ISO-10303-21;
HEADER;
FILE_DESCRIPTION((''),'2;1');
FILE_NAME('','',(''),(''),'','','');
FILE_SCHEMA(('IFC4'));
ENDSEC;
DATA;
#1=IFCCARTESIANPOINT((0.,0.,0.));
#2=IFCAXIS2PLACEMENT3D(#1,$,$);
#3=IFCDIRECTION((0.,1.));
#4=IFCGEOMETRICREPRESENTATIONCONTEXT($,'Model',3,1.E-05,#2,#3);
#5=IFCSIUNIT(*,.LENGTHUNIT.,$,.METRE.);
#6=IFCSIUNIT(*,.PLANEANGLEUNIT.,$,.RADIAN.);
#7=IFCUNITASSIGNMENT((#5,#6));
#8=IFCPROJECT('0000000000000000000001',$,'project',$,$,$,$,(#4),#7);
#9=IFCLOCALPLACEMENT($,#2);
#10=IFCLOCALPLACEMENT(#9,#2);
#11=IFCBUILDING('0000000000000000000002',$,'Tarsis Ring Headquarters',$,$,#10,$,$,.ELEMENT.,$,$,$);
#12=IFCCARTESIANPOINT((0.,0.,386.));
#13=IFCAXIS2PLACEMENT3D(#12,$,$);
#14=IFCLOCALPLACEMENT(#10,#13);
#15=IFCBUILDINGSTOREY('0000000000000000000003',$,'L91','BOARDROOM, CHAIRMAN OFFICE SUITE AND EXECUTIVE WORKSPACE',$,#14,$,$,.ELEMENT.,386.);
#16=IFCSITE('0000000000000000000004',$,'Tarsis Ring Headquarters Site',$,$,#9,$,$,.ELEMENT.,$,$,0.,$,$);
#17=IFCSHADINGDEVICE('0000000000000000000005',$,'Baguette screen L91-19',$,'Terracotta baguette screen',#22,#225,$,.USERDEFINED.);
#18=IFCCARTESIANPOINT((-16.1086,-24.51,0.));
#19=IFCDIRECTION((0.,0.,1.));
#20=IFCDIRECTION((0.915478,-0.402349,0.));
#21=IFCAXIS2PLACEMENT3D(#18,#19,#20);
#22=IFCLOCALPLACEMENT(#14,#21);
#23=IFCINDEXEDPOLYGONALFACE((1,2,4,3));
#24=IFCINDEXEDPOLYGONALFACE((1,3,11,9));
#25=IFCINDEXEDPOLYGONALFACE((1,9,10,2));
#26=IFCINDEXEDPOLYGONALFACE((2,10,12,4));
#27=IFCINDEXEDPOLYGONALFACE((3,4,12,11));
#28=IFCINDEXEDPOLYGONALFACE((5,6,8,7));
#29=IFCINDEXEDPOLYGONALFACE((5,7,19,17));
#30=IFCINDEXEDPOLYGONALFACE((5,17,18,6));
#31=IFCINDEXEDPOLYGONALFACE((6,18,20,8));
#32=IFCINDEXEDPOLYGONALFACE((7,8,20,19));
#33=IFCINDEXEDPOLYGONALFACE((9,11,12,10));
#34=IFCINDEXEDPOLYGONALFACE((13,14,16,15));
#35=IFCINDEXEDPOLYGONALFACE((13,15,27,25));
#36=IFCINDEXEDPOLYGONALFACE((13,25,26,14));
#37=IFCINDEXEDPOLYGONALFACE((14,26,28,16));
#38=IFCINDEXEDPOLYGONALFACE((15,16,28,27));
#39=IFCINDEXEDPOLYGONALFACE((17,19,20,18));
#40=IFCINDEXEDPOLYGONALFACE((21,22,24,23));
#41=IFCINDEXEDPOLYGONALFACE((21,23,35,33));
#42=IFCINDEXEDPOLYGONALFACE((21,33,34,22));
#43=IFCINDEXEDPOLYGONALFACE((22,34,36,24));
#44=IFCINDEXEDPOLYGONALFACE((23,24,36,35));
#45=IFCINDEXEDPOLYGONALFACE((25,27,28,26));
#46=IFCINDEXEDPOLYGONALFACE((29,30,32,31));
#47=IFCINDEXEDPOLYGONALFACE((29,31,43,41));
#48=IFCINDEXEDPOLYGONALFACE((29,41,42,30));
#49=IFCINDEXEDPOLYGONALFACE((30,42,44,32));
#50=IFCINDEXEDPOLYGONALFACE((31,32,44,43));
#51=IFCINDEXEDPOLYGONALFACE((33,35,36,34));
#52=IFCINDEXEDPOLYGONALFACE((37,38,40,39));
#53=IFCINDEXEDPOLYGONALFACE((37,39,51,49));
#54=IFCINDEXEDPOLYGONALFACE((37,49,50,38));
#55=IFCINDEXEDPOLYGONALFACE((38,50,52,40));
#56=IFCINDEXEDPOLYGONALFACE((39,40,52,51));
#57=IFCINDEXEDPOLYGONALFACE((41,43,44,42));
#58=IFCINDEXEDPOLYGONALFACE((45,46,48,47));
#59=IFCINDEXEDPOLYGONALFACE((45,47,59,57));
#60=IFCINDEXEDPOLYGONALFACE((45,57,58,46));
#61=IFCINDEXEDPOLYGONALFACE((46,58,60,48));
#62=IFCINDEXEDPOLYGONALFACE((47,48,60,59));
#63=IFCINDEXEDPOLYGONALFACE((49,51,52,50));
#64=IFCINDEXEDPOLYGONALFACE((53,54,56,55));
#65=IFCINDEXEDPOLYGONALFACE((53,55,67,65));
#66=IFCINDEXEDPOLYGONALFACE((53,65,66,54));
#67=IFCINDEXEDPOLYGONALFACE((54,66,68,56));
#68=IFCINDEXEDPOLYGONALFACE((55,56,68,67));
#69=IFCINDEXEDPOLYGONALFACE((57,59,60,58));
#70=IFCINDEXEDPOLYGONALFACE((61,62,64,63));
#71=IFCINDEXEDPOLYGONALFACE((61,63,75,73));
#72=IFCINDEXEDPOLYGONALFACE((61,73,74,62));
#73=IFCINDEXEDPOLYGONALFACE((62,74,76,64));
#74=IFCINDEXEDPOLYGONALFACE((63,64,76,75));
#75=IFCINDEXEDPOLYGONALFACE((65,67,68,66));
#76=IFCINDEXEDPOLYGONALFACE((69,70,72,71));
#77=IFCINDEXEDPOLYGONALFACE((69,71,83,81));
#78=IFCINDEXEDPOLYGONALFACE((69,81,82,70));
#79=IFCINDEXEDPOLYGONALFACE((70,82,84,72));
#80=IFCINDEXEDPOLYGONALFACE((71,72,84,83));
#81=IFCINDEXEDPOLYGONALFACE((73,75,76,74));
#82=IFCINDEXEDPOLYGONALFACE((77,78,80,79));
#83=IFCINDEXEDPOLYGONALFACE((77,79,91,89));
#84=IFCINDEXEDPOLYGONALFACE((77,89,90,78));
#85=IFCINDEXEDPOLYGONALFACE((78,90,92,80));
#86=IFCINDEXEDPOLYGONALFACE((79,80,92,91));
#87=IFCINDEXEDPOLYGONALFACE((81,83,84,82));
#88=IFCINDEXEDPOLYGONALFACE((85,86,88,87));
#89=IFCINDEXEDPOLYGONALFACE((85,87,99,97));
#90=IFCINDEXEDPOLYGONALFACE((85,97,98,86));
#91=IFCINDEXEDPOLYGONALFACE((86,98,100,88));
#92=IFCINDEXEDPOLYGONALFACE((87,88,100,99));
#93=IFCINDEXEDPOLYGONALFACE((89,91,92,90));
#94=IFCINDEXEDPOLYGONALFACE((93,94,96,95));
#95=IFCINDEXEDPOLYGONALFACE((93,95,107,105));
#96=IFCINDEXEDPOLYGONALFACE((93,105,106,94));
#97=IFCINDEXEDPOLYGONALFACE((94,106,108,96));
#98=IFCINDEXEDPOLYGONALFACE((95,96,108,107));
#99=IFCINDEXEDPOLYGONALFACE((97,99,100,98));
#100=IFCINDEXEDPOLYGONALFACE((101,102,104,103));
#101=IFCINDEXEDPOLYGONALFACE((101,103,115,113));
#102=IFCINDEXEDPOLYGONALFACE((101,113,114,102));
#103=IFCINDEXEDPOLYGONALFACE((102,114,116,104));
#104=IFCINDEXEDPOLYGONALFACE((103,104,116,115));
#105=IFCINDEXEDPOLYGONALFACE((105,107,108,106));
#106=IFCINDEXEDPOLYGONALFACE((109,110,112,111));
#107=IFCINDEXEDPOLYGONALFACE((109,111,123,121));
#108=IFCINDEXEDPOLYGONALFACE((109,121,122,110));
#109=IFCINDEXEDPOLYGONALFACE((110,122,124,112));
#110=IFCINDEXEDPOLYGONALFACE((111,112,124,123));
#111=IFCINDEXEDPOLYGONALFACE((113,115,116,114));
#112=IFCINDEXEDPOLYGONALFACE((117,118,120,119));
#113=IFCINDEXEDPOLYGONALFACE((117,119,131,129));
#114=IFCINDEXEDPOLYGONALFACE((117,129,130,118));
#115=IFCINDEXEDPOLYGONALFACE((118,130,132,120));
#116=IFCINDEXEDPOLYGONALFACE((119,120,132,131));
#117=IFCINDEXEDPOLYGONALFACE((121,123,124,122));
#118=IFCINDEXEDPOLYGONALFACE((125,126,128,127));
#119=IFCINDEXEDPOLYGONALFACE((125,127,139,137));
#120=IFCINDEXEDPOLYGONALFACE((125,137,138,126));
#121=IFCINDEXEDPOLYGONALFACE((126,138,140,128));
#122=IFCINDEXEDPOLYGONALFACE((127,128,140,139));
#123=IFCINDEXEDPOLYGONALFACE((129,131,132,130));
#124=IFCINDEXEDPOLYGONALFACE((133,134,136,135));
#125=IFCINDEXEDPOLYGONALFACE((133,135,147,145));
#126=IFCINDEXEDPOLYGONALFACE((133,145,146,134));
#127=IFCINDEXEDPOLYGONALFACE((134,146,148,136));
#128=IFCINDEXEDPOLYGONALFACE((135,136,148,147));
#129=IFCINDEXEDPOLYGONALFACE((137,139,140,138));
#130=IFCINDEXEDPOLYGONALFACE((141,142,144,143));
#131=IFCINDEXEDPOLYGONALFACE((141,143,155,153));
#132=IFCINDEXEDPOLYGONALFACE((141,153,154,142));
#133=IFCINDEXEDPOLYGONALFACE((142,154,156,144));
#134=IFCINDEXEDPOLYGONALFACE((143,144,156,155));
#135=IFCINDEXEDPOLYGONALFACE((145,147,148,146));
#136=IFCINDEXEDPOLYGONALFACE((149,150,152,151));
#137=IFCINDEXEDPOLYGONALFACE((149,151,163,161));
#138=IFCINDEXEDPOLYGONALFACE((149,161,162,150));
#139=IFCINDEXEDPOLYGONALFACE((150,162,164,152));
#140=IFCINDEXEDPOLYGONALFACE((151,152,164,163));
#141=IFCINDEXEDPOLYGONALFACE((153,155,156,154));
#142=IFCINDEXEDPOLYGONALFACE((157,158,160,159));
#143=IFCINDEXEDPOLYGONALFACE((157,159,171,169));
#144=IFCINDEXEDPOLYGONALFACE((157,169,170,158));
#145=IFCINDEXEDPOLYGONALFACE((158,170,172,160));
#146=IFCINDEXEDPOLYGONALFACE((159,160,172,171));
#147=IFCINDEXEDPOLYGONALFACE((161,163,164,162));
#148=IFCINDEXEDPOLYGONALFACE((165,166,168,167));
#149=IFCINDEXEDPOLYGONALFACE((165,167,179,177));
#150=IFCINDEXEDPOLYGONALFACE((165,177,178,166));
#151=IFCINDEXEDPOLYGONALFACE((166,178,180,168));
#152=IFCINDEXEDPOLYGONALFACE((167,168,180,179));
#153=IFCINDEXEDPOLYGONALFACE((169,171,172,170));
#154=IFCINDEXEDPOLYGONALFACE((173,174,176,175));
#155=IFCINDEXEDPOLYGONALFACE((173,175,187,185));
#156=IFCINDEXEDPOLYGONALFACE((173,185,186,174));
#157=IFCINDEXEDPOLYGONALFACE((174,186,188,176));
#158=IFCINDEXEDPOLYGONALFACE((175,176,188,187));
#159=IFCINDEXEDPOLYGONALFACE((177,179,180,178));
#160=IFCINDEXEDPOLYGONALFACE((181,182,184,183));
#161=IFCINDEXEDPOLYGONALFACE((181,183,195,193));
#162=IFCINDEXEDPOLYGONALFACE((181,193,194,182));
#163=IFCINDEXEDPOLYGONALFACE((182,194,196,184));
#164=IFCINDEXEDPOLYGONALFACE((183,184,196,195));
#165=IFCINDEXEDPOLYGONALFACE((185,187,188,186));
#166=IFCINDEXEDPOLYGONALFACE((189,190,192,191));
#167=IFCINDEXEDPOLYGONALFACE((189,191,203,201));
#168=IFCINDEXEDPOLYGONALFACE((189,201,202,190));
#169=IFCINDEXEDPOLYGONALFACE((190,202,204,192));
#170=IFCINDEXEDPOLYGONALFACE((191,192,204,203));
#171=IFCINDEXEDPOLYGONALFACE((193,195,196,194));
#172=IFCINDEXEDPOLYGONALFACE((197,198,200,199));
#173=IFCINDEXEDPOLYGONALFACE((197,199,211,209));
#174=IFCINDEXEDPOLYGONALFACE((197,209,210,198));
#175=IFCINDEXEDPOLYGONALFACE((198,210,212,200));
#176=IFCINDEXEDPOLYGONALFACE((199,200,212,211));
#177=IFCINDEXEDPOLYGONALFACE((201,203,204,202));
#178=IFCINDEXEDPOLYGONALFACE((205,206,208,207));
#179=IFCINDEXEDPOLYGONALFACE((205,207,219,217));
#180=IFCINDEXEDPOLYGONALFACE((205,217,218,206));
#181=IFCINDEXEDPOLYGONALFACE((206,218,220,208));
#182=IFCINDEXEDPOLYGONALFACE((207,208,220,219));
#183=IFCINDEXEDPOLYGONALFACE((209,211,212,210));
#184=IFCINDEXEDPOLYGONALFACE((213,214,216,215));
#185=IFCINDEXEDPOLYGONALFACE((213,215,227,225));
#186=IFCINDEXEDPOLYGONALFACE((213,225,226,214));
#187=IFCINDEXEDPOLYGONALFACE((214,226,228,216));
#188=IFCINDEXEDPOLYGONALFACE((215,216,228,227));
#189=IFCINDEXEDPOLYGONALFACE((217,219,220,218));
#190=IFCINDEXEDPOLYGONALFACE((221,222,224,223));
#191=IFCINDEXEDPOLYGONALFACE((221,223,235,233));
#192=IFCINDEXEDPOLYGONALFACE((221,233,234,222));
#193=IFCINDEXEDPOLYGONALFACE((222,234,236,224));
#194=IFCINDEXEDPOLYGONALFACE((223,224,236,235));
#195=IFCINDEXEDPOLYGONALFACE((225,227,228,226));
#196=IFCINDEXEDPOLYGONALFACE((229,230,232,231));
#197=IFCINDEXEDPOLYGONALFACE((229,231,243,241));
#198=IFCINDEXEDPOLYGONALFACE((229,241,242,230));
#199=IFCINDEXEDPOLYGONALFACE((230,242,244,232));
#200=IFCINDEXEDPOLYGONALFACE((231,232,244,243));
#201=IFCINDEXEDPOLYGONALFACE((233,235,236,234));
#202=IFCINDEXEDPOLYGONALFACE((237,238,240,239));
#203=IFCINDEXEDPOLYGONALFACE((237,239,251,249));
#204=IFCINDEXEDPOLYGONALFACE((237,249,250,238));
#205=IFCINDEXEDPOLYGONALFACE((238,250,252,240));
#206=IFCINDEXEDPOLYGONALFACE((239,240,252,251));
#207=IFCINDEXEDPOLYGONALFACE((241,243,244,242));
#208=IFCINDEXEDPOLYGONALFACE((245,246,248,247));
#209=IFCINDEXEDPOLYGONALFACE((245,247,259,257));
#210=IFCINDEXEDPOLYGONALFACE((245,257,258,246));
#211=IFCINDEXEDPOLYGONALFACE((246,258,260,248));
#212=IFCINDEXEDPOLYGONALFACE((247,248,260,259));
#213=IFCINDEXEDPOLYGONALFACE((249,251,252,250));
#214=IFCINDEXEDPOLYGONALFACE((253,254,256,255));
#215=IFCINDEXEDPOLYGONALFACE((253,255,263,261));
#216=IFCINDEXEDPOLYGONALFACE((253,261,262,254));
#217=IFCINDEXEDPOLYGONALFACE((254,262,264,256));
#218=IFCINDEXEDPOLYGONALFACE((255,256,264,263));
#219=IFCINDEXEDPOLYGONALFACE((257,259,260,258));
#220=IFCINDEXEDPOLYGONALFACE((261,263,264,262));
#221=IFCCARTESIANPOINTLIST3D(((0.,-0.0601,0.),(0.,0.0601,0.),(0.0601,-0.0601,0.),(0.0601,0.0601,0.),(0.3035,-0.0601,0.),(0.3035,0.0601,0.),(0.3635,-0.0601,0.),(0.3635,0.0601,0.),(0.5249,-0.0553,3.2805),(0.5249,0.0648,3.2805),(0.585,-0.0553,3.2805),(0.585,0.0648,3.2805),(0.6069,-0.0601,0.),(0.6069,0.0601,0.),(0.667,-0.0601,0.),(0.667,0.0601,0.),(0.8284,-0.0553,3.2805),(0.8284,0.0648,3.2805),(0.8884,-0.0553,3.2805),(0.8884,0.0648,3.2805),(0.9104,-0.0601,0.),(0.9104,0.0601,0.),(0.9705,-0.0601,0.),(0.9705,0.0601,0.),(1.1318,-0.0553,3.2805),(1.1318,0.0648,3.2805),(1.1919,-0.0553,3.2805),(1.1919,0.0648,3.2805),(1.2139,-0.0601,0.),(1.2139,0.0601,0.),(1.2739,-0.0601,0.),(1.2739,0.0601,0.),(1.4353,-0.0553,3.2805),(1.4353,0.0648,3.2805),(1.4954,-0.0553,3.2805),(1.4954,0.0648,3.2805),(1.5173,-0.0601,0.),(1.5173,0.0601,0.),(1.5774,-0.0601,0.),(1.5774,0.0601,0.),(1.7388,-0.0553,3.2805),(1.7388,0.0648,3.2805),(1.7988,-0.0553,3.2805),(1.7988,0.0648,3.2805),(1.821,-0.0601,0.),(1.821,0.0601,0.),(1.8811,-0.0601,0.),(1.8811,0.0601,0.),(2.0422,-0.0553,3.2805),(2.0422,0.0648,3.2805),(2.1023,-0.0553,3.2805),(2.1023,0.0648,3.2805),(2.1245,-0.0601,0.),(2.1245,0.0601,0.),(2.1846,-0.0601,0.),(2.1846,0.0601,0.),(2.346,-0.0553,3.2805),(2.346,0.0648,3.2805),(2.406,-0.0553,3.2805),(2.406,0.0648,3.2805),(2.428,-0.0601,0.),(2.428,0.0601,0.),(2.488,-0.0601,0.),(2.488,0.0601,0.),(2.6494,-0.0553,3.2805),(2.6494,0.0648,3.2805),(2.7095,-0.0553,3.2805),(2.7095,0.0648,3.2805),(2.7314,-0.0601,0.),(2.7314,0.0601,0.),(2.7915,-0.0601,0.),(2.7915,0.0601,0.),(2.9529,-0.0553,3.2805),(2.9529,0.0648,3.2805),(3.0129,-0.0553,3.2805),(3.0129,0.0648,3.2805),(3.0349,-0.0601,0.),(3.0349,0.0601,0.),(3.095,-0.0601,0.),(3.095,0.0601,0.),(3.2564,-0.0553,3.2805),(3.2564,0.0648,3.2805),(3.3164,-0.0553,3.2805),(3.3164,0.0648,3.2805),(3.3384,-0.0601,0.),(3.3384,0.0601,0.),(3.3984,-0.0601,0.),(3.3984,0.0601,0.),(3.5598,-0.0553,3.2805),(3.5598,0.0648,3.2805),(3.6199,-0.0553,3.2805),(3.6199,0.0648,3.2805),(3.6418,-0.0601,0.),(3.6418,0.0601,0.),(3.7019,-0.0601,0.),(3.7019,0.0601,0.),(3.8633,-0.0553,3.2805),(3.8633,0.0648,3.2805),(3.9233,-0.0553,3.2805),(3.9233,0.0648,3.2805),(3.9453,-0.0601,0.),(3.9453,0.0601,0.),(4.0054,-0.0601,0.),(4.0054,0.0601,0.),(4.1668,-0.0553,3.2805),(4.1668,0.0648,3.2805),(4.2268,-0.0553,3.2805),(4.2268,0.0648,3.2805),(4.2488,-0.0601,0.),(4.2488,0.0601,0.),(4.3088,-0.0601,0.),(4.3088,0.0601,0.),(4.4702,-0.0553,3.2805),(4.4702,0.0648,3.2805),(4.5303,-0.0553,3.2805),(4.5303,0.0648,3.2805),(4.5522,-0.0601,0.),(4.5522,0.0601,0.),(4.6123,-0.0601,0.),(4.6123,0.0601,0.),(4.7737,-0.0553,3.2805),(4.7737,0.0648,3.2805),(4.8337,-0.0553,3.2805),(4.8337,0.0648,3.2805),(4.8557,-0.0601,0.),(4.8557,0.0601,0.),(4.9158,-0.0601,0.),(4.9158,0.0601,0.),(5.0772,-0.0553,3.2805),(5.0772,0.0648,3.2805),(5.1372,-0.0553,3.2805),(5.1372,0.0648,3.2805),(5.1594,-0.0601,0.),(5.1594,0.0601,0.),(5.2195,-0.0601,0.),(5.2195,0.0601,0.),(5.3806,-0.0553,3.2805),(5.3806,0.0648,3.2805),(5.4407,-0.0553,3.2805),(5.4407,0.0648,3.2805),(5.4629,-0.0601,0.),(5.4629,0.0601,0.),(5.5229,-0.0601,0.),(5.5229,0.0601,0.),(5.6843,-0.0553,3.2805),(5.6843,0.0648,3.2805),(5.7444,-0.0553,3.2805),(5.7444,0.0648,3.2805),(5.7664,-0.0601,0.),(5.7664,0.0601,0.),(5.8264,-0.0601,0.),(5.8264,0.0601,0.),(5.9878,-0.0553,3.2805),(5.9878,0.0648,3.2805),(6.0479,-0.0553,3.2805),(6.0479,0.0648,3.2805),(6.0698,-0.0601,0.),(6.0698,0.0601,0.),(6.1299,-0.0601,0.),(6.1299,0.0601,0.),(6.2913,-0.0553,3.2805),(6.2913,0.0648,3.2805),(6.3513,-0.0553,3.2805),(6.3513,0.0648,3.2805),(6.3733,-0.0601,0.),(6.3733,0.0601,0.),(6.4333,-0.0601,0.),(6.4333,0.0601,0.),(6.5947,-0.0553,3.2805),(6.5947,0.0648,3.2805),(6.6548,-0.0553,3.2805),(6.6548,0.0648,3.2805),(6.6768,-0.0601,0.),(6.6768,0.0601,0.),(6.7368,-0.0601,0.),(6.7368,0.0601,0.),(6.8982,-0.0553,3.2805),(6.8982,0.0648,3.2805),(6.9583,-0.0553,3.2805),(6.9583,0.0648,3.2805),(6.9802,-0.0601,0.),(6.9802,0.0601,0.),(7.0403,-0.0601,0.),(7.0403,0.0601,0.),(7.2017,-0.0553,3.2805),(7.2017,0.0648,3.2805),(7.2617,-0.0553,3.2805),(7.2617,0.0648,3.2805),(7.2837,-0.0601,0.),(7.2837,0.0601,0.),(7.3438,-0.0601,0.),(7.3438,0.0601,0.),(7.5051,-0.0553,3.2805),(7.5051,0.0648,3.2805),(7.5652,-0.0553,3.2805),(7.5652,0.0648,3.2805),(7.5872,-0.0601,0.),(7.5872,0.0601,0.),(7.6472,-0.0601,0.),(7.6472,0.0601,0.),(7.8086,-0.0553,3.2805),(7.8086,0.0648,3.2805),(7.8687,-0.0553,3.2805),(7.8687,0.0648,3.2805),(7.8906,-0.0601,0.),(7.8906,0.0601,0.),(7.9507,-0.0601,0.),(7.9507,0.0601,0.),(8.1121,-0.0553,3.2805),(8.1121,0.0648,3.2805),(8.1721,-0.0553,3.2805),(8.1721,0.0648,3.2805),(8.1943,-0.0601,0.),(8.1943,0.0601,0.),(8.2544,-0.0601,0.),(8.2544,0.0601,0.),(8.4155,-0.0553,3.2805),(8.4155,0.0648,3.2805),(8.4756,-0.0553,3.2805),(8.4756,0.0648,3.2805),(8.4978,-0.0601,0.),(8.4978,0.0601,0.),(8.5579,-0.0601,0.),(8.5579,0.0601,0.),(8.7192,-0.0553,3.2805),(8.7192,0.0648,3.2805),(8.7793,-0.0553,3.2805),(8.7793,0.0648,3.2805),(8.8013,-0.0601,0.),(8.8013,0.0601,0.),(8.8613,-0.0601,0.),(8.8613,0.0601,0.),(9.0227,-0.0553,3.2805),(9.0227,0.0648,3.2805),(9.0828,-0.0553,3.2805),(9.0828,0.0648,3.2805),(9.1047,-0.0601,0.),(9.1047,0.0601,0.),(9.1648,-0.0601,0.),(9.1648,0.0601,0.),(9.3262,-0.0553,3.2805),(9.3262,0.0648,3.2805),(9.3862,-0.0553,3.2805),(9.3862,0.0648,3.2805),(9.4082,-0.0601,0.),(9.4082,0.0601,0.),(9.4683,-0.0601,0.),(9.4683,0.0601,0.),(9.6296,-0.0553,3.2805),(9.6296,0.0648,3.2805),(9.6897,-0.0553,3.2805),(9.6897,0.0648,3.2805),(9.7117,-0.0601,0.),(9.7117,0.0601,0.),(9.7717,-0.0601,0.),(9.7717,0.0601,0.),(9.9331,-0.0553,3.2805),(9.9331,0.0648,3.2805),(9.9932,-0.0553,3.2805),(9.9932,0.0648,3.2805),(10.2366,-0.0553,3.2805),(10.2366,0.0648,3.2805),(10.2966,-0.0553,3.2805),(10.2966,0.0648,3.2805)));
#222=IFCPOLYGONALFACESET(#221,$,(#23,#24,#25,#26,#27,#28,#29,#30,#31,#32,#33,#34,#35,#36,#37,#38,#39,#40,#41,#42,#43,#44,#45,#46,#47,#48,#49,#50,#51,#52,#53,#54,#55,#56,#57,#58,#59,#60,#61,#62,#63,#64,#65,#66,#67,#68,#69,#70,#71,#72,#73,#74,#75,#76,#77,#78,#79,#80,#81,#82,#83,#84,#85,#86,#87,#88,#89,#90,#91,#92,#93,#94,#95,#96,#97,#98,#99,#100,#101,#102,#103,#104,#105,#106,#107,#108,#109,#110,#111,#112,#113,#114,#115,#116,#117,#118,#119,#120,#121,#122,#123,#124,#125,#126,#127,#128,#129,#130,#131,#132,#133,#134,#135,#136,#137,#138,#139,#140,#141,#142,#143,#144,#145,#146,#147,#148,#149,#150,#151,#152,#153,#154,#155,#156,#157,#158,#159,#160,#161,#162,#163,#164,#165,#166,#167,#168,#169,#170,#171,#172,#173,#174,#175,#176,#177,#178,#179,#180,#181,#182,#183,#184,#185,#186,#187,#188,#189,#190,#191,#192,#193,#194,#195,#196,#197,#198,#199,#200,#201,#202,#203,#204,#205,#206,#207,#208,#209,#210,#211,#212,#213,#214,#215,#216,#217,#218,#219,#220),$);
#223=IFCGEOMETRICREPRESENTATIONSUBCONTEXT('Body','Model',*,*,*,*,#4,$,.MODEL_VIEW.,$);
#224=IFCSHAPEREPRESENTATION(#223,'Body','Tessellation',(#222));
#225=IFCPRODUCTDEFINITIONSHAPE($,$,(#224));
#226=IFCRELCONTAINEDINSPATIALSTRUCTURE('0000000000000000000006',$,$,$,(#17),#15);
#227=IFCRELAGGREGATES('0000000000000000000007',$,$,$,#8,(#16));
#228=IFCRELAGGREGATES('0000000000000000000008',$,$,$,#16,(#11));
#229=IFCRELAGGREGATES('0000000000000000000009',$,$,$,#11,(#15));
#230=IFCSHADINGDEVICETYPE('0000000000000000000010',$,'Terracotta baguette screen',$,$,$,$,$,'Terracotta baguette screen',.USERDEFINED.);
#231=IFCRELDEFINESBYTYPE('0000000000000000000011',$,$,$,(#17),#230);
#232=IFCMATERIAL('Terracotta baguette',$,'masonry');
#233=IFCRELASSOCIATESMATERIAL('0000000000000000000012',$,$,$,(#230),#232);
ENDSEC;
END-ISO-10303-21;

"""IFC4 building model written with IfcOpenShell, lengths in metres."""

from ifc_helpers import new_model, si_unit, direction, frame, frame_2d, origin, place, context, subcontext, project, spatial, rectangle, composite_profile, extrude, material, type_object, element, save


model = new_model("IFC4")

# Units and contexts
model_context = context("Model", 3, precision=1e-05, world=origin(), true_north=direction((0.0, 1.0)))
body_context = subcontext(model_context, "Body", "Model", "MODEL_VIEW")
ifc_project = project(units=[si_unit("LENGTHUNIT", "METRE"), si_unit("PLANEANGLEUNIT", "RADIAN")], contexts=[model_context])

# Site, building, storey
site_placement = place(None, origin())
site = spatial("IfcSite", under=ifc_project, at=site_placement, Name="Tarsis Ring Headquarters Site", CompositionType="ELEMENT", RefElevation=0.0)
building_placement = place(site_placement, origin())
building = spatial("IfcBuilding", under=site, at=building_placement, Name="Tarsis Ring Headquarters", CompositionType="ELEMENT")
storey_placement = place(building_placement, frame((0.0, 0.0, 386.0)))
storey = spatial("IfcBuildingStorey", under=building, at=storey_placement, Name="L91", Description="BOARDROOM, CHAIRMAN OFFICE SUITE AND EXECUTIVE WORKSPACE", CompositionType="ELEMENT", Elevation=386.0)

# Shading device
ifc_material_1 = material(Name="Terracotta baguette", Category="masonry")
shading_device_type_1 = type_object("IfcShadingDeviceType", Name="Terracotta baguette screen", ElementType="Terracotta baguette screen", PredefinedType="USERDEFINED", material=ifc_material_1)
shading_device_1_placement = place(storey_placement, frame((-16.1086, -24.51, 0.0), z_axis=(0.0, 0.0, 1.0), x_axis=(0.915478, -0.402349, 0.0)))
element("IfcShadingDevice", 1, at=shading_device_1_placement, inside=storey, type_object=shading_device_type_1, Name="Baguette screen L91-19", ObjectType="Terracotta baguette screen", PredefinedType="USERDEFINED", context=body_context, shape_type="SweptSolid", body=[
    extrude(composite_profile([rectangle(XDim=0.0601, YDim=0.1201, at=frame_2d((0.03, 0.0))), rectangle(XDim=0.0601, YDim=0.1201, at=frame_2d((0.3335, 0.0))), rectangle(XDim=0.0601, YDim=0.1201, at=frame_2d((0.637, 0.0))), rectangle(XDim=0.0601, YDim=0.1201, at=frame_2d((0.9404, 0.0))), rectangle(XDim=0.0601, YDim=0.1201, at=frame_2d((1.2439, 0.0))), rectangle(XDim=0.0601, YDim=0.1201, at=frame_2d((1.5474, 0.0))), rectangle(XDim=0.0601, YDim=0.1201, at=frame_2d((1.8511, 0.0))), rectangle(XDim=0.0601, YDim=0.1201, at=frame_2d((2.1545, 0.0))), rectangle(XDim=0.0601, YDim=0.1201, at=frame_2d((2.458, 0.0))), rectangle(XDim=0.0601, YDim=0.1201, at=frame_2d((2.7615, 0.0))), rectangle(XDim=0.0601, YDim=0.1201, at=frame_2d((3.0649, 0.0))), rectangle(XDim=0.0601, YDim=0.1201, at=frame_2d((3.3684, 0.0))), rectangle(XDim=0.0601, YDim=0.1201, at=frame_2d((3.6719, 0.0))), rectangle(XDim=0.0601, YDim=0.1201, at=frame_2d((3.9753, 0.0))), rectangle(XDim=0.0601, YDim=0.1201, at=frame_2d((4.2788, 0.0))), rectangle(XDim=0.0601, YDim=0.1201, at=frame_2d((4.5823, 0.0))), rectangle(XDim=0.0601, YDim=0.1201, at=frame_2d((4.8857, 0.0))), rectangle(XDim=0.0601, YDim=0.1201, at=frame_2d((5.1895, 0.0))), rectangle(XDim=0.0601, YDim=0.1201, at=frame_2d((5.4929, 0.0))), rectangle(XDim=0.0601, YDim=0.1201, at=frame_2d((5.7964, 0.0))), rectangle(XDim=0.0601, YDim=0.1201, at=frame_2d((6.0999, 0.0))), rectangle(XDim=0.0601, YDim=0.1201, at=frame_2d((6.4033, 0.0))), rectangle(XDim=0.0601, YDim=0.1201, at=frame_2d((6.7068, 0.0))), rectangle(XDim=0.0601, YDim=0.1201, at=frame_2d((7.0103, 0.0))), rectangle(XDim=0.0601, YDim=0.1201, at=frame_2d((7.3137, 0.0))), rectangle(XDim=0.0601, YDim=0.1201, at=frame_2d((7.6172, 0.0))), rectangle(XDim=0.0601, YDim=0.1201, at=frame_2d((7.9207, 0.0))), rectangle(XDim=0.0601, YDim=0.1201, at=frame_2d((8.2244, 0.0))), rectangle(XDim=0.0601, YDim=0.1201, at=frame_2d((8.5278, 0.0))), rectangle(XDim=0.0601, YDim=0.1201, at=frame_2d((8.8313, 0.0))), rectangle(XDim=0.0601, YDim=0.1201, at=frame_2d((9.1348, 0.0))), rectangle(XDim=0.0601, YDim=0.1201, at=frame_2d((9.4382, 0.0))), rectangle(XDim=0.0601, YDim=0.1201, at=frame_2d((9.7417, 0.0)))]), origin(), (0.157996, 0.001435, 0.987439), 3.3223),
])

save(model, "model.ifc")
